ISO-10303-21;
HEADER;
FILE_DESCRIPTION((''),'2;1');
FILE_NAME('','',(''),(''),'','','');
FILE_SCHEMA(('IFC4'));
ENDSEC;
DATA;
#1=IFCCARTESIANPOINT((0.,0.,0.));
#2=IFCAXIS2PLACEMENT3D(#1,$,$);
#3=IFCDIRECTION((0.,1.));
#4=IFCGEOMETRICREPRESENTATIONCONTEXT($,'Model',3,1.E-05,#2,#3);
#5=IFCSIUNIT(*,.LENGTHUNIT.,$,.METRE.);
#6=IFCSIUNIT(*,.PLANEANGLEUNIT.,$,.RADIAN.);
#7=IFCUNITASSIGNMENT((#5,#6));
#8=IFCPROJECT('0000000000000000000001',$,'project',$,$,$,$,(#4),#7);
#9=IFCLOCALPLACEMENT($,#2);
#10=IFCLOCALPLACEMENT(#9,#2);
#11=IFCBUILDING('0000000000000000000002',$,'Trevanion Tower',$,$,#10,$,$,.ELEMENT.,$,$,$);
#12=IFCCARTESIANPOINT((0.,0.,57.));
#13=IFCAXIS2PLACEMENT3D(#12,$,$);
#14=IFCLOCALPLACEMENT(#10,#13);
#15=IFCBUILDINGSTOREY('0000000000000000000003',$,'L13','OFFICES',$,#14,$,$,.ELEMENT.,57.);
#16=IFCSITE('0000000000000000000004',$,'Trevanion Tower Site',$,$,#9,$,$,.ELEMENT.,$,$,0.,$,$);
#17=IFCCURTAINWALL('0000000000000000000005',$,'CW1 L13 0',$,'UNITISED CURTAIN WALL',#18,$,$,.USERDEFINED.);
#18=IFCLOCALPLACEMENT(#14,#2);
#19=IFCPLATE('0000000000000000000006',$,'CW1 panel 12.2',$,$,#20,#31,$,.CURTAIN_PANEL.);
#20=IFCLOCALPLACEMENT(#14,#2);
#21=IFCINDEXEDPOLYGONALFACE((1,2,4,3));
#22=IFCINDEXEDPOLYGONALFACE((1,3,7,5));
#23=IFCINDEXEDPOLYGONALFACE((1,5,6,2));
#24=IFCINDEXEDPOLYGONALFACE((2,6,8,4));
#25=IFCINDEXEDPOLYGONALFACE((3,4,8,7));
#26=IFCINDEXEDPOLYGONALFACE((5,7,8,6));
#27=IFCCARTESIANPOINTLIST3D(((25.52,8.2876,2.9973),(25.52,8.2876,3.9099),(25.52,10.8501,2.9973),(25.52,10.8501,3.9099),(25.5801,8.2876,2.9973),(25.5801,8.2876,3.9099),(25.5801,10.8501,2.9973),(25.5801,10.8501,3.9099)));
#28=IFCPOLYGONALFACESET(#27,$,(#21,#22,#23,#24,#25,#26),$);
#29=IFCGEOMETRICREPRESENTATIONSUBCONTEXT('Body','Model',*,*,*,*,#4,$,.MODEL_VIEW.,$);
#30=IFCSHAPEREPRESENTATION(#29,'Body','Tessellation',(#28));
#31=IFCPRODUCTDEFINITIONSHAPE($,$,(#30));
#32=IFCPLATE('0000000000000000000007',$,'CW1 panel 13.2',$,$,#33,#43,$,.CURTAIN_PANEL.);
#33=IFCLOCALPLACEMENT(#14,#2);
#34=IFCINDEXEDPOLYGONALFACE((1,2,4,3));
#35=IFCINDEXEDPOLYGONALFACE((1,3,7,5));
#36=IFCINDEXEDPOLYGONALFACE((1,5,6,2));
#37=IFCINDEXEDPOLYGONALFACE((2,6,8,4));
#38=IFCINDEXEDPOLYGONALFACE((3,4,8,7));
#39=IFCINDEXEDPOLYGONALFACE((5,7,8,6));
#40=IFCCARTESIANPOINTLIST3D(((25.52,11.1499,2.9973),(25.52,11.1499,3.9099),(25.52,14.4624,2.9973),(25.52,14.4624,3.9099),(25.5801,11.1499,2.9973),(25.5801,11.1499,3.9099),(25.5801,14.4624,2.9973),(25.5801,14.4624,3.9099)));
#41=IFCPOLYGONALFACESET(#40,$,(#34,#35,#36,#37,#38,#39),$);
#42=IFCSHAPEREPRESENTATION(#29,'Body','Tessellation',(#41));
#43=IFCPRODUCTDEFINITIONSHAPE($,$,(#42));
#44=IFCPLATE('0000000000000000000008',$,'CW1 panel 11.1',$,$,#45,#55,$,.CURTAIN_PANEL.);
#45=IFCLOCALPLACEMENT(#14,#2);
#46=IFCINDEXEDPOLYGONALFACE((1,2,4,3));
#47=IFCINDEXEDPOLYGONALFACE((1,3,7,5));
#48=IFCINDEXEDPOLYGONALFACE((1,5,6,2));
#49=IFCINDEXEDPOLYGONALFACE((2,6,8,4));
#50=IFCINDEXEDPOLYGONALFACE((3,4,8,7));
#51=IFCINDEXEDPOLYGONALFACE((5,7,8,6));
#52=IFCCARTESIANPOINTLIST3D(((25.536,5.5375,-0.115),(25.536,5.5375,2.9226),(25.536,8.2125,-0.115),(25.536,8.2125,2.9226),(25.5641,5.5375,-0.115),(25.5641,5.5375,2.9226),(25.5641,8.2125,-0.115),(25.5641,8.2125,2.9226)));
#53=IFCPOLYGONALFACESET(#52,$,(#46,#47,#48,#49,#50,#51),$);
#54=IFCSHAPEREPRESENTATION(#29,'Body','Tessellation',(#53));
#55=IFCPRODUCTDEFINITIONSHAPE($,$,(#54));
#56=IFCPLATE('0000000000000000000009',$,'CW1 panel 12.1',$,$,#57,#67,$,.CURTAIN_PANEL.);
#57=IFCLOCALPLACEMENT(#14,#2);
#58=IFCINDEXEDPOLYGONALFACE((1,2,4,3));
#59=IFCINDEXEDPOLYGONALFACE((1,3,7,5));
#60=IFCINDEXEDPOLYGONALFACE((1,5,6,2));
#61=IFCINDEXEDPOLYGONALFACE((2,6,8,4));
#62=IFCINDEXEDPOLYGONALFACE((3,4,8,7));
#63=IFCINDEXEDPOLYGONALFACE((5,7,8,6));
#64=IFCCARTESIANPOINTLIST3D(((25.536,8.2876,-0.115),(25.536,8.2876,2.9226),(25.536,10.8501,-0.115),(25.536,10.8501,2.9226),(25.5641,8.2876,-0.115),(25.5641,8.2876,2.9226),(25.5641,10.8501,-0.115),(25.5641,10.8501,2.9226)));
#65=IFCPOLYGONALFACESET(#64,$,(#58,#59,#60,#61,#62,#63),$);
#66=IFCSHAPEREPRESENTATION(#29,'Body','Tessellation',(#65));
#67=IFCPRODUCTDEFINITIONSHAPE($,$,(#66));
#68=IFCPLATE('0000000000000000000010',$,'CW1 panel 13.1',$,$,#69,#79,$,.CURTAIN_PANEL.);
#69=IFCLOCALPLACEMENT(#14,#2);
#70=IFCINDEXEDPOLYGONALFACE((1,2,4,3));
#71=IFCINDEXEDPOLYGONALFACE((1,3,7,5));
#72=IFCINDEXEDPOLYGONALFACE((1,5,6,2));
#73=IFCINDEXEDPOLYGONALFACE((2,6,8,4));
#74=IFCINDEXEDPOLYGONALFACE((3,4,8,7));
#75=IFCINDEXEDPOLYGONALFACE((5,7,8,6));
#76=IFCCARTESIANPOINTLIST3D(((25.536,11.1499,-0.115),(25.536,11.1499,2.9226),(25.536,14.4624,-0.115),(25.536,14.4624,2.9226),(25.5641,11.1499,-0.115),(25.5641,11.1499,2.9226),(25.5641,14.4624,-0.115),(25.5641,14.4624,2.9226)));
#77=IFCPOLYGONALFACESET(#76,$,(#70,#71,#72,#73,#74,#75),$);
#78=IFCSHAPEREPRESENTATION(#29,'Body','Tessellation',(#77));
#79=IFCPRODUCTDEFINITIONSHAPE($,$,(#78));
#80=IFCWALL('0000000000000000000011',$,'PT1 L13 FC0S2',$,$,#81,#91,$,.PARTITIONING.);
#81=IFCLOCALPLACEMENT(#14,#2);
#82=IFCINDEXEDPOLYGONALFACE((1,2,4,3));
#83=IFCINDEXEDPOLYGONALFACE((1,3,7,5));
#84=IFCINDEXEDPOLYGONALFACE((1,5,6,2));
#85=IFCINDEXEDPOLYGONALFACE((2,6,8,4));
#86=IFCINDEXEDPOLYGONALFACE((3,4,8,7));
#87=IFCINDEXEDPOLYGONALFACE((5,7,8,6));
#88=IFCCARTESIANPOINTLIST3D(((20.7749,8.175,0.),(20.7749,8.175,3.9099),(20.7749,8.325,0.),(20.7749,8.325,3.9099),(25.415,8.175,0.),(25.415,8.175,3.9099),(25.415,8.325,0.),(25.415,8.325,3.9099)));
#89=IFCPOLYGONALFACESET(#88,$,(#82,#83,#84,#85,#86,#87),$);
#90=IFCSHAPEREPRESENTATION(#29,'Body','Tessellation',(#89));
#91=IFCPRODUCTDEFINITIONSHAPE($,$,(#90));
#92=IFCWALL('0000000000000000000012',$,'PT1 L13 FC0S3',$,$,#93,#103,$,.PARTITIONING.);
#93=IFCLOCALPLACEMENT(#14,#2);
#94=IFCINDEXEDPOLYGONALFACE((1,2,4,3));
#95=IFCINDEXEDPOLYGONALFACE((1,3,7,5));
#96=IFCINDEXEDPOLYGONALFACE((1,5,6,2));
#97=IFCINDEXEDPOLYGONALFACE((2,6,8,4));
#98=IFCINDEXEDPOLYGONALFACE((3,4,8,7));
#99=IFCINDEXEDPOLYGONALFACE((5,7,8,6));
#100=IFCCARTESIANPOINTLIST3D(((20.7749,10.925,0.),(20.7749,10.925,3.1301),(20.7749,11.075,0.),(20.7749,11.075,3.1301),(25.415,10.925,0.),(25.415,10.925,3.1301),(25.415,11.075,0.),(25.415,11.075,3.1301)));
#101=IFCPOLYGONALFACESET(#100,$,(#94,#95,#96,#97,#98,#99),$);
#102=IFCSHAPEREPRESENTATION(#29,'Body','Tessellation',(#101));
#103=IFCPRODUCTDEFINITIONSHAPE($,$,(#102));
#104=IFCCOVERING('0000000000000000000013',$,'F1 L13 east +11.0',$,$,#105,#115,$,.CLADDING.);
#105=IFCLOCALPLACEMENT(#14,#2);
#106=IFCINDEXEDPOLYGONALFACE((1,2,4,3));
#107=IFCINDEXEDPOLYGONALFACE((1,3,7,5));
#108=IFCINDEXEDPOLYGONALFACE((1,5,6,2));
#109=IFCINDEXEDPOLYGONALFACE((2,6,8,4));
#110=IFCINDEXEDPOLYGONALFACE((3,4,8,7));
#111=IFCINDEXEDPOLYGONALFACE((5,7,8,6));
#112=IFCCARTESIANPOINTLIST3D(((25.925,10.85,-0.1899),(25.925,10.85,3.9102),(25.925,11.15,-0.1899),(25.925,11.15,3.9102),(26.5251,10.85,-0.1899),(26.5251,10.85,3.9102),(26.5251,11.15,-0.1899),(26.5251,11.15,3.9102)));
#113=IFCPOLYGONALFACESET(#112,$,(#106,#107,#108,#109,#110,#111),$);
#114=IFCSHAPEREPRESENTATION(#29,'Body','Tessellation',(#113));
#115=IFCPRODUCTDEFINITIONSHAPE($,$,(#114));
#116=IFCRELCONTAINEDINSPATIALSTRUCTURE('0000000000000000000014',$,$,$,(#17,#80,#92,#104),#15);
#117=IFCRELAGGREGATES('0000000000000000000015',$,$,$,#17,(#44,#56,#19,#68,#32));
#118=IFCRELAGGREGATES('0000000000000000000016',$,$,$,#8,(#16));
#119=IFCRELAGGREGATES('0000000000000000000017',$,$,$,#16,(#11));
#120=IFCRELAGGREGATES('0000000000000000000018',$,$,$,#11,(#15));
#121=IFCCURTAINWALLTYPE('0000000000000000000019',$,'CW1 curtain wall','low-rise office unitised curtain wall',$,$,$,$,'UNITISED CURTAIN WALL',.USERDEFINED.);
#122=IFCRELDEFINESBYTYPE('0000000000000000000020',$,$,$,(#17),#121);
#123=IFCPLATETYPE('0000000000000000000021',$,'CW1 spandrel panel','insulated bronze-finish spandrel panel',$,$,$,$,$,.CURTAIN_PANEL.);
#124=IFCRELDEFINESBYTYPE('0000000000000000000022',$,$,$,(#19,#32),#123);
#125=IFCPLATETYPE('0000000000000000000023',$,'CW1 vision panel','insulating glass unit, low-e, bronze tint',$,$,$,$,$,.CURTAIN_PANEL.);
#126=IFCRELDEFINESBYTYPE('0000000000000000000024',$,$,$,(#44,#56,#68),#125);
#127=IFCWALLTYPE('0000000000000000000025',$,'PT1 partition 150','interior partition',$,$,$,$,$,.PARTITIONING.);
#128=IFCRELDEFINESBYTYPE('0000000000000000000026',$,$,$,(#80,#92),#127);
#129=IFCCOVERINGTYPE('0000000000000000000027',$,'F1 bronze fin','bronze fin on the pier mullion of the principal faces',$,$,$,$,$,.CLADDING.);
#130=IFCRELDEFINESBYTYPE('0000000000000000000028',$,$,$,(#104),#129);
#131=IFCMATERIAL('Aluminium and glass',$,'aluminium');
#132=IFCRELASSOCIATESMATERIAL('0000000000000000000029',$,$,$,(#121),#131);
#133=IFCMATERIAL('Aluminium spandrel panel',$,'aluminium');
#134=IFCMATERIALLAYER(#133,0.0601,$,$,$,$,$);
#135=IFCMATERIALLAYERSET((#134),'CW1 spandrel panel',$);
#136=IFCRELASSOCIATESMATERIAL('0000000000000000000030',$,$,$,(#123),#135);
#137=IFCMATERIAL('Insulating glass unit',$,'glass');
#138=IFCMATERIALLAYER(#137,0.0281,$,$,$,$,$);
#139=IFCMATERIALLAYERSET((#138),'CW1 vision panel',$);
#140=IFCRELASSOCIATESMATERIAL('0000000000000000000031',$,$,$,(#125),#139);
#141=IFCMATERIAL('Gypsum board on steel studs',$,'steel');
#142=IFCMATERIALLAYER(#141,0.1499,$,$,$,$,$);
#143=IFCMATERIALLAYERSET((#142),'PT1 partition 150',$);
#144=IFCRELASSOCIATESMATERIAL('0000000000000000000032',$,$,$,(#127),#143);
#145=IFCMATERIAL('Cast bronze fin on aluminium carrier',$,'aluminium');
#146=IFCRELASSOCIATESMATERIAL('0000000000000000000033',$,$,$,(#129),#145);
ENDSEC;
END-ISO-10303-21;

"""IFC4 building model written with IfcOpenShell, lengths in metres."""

from ifc_helpers import new_model, si_unit, direction, frame, frame_2d, origin, origin_2d, place, context, subcontext, project, spatial, rectangle, extrude, material, layer, layer_set, type_object, element, aggregate, save


model = new_model("IFC4")

# Units and contexts
model_context = context("Model", 3, precision=1e-05, world=origin(), true_north=direction((0.0, 1.0)))
body_context = subcontext(model_context, "Body", "Model", "MODEL_VIEW")
ifc_project = project(units=[si_unit("LENGTHUNIT", "METRE"), si_unit("PLANEANGLEUNIT", "RADIAN")], contexts=[model_context])

# Site, building, storey
site_placement = place(None, origin())
site = spatial("IfcSite", under=ifc_project, at=site_placement, Name="Trevanion Tower Site", CompositionType="ELEMENT", RefElevation=0.0)
building_placement = place(site_placement, origin())
building = spatial("IfcBuilding", under=site, at=building_placement, Name="Trevanion Tower", CompositionType="ELEMENT")
storey_placement = place(building_placement, frame((0.0, 0.0, 57.0)))
storey = spatial("IfcBuildingStorey", under=building, at=storey_placement, Name="L13", Description="OFFICES", CompositionType="ELEMENT", Elevation=57.0)

# Curtain wall
ifc_material_1 = material(Name="Aluminium and glass", Category="aluminium")
curtain_wall_type = type_object("IfcCurtainWallType", Name="CW1 curtain wall", Description="low-rise office unitised curtain wall", ElementType="UNITISED CURTAIN WALL", PredefinedType="USERDEFINED", material=ifc_material_1)
curtain_wall_placement = place(storey_placement, origin())
curtain_wall = element("IfcCurtainWall", 1, at=curtain_wall_placement, inside=storey, type_object=curtain_wall_type, Name="CW1 L13 0", ObjectType="UNITISED CURTAIN WALL", PredefinedType="USERDEFINED")

# Plates
ifc_material_2 = material(Name="Aluminium spandrel panel", Category="aluminium")
ifc_layer_1 = layer(ifc_material_2, 0.0601)
ifc_layer_set_1 = layer_set([ifc_layer_1], Name="CW1 spandrel panel")
plate_type_1 = type_object("IfcPlateType", Name="CW1 spandrel panel", Description="insulated bronze-finish spandrel panel", PredefinedType="CURTAIN_PANEL", material=ifc_layer_set_1)
plate_1_placement = place(storey_placement, frame((25.55, 9.5688, 2.9973), z_axis=(0.0, 0.0, 1.0), x_axis=(0.0, 1.0, 0.0)))
plate_1 = element("IfcPlate", 2, at=plate_1_placement, type_object=plate_type_1, Name="CW1 panel 12.2", PredefinedType="CURTAIN_PANEL", context=body_context, shape_type="SweptSolid", body=[
    extrude(rectangle(XDim=2.5625, YDim=0.0601, at=origin_2d()), origin(), (0.0, 0.0, 1.0), 0.9126),
])
plate_2_placement = place(storey_placement, frame((25.55, 12.8062, 2.9973), z_axis=(0.0, 0.0, 1.0), x_axis=(0.0, 1.0, 0.0)))
plate_2 = element("IfcPlate", 3, at=plate_2_placement, type_object=plate_type_1, Name="CW1 panel 13.2", PredefinedType="CURTAIN_PANEL", context=body_context, shape_type="SweptSolid", body=[
    extrude(rectangle(XDim=3.3125, YDim=0.0601, at=origin_2d()), origin(), (0.0, 0.0, 1.0), 0.9126),
])
ifc_material_3 = material(Name="Insulating glass unit", Category="glass")
ifc_layer_2 = layer(ifc_material_3, 0.0281)
ifc_layer_set_2 = layer_set([ifc_layer_2], Name="CW1 vision panel")
plate_type_2 = type_object("IfcPlateType", Name="CW1 vision panel", Description="insulating glass unit, low-e, bronze tint", PredefinedType="CURTAIN_PANEL", material=ifc_layer_set_2)
plate_3_placement = place(storey_placement, frame((25.55, 6.875, -0.115), z_axis=(0.0, 0.0, 1.0), x_axis=(0.0, 1.0, 0.0)))
plate_3 = element("IfcPlate", 4, at=plate_3_placement, type_object=plate_type_2, Name="CW1 panel 11.1", PredefinedType="CURTAIN_PANEL", context=body_context, shape_type="SweptSolid", body=[
    extrude(rectangle(XDim=2.675, YDim=0.0281, at=origin_2d()), origin(), (0.0, 0.0, 1.0), 3.0376),
])
plate_4_placement = place(storey_placement, frame((25.55, 9.5688, -0.115), z_axis=(0.0, 0.0, 1.0), x_axis=(0.0, 1.0, 0.0)))
plate_4 = element("IfcPlate", 5, at=plate_4_placement, type_object=plate_type_2, Name="CW1 panel 12.1", PredefinedType="CURTAIN_PANEL", context=body_context, shape_type="SweptSolid", body=[
    extrude(rectangle(XDim=2.5625, YDim=0.0281, at=origin_2d()), origin(), (0.0, 0.0, 1.0), 3.0376),
])
plate_5_placement = place(storey_placement, frame((25.55, 12.8062, -0.115), z_axis=(0.0, 0.0, 1.0), x_axis=(0.0, 1.0, 0.0)))
plate_5 = element("IfcPlate", 6, at=plate_5_placement, type_object=plate_type_2, Name="CW1 panel 13.1", PredefinedType="CURTAIN_PANEL", context=body_context, shape_type="SweptSolid", body=[
    extrude(rectangle(XDim=3.3125, YDim=0.0281, at=origin_2d()), origin(), (0.0, 0.0, 1.0), 3.0376),
])
aggregate(curtain_wall, [plate_3, plate_4, plate_1, plate_5, plate_2])

# Walls
ifc_material_4 = material(Name="Gypsum board on steel studs", Category="steel")
ifc_layer_3 = layer(ifc_material_4, 0.1499)
ifc_layer_set_3 = layer_set([ifc_layer_3], Name="PT1 partition 150")
wall_type = type_object("IfcWallType", Name="PT1 partition 150", Description="interior partition", PredefinedType="PARTITIONING", material=ifc_layer_set_3)
wall_1_placement = place(storey_placement, frame((20.7749, 8.25, 0.0), z_axis=(0.0, 0.0, 1.0), x_axis=(1.0, 0.0, 0.0)))
element("IfcWall", 7, at=wall_1_placement, inside=storey, type_object=wall_type, Name="PT1 L13 FC0S2", PredefinedType="PARTITIONING", context=body_context, shape_type="SweptSolid", body=[
    extrude(rectangle(XDim=4.6401, YDim=0.1499, at=frame_2d((2.3201, 0.0))), origin(), (0.0, 0.0, 1.0), 3.9099),
])
wall_2_placement = place(storey_placement, frame((20.7749, 11.0, 0.0), z_axis=(0.0, 0.0, 1.0), x_axis=(1.0, 0.0, 0.0)))
element("IfcWall", 8, at=wall_2_placement, inside=storey, type_object=wall_type, Name="PT1 L13 FC0S3", PredefinedType="PARTITIONING", context=body_context, shape_type="SweptSolid", body=[
    extrude(rectangle(XDim=4.6401, YDim=0.1499, at=frame_2d((2.3201, 0.0))), origin(), (0.0, 0.0, 1.0), 3.1301),
])

# Covering
ifc_material_5 = material(Name="Cast bronze fin on aluminium carrier", Category="aluminium")
covering_type = type_object("IfcCoveringType", Name="F1 bronze fin", Description="bronze fin on the pier mullion of the principal faces", PredefinedType="CLADDING", material=ifc_material_5)
covering_placement = place(storey_placement, frame((26.2251, 11.0, -0.1899), z_axis=(0.0, 0.0, 1.0), x_axis=(0.0, 1.0, 0.0)))
element("IfcCovering", 9, at=covering_placement, inside=storey, type_object=covering_type, Name="F1 L13 east +11.0", PredefinedType="CLADDING", context=body_context, shape_type="SweptSolid", body=[
    extrude(rectangle(XDim=0.3, YDim=0.6001, at=origin_2d()), origin(), (0.0, 0.0, 1.0), 4.1001),
])

save(model, "model.ifc")
